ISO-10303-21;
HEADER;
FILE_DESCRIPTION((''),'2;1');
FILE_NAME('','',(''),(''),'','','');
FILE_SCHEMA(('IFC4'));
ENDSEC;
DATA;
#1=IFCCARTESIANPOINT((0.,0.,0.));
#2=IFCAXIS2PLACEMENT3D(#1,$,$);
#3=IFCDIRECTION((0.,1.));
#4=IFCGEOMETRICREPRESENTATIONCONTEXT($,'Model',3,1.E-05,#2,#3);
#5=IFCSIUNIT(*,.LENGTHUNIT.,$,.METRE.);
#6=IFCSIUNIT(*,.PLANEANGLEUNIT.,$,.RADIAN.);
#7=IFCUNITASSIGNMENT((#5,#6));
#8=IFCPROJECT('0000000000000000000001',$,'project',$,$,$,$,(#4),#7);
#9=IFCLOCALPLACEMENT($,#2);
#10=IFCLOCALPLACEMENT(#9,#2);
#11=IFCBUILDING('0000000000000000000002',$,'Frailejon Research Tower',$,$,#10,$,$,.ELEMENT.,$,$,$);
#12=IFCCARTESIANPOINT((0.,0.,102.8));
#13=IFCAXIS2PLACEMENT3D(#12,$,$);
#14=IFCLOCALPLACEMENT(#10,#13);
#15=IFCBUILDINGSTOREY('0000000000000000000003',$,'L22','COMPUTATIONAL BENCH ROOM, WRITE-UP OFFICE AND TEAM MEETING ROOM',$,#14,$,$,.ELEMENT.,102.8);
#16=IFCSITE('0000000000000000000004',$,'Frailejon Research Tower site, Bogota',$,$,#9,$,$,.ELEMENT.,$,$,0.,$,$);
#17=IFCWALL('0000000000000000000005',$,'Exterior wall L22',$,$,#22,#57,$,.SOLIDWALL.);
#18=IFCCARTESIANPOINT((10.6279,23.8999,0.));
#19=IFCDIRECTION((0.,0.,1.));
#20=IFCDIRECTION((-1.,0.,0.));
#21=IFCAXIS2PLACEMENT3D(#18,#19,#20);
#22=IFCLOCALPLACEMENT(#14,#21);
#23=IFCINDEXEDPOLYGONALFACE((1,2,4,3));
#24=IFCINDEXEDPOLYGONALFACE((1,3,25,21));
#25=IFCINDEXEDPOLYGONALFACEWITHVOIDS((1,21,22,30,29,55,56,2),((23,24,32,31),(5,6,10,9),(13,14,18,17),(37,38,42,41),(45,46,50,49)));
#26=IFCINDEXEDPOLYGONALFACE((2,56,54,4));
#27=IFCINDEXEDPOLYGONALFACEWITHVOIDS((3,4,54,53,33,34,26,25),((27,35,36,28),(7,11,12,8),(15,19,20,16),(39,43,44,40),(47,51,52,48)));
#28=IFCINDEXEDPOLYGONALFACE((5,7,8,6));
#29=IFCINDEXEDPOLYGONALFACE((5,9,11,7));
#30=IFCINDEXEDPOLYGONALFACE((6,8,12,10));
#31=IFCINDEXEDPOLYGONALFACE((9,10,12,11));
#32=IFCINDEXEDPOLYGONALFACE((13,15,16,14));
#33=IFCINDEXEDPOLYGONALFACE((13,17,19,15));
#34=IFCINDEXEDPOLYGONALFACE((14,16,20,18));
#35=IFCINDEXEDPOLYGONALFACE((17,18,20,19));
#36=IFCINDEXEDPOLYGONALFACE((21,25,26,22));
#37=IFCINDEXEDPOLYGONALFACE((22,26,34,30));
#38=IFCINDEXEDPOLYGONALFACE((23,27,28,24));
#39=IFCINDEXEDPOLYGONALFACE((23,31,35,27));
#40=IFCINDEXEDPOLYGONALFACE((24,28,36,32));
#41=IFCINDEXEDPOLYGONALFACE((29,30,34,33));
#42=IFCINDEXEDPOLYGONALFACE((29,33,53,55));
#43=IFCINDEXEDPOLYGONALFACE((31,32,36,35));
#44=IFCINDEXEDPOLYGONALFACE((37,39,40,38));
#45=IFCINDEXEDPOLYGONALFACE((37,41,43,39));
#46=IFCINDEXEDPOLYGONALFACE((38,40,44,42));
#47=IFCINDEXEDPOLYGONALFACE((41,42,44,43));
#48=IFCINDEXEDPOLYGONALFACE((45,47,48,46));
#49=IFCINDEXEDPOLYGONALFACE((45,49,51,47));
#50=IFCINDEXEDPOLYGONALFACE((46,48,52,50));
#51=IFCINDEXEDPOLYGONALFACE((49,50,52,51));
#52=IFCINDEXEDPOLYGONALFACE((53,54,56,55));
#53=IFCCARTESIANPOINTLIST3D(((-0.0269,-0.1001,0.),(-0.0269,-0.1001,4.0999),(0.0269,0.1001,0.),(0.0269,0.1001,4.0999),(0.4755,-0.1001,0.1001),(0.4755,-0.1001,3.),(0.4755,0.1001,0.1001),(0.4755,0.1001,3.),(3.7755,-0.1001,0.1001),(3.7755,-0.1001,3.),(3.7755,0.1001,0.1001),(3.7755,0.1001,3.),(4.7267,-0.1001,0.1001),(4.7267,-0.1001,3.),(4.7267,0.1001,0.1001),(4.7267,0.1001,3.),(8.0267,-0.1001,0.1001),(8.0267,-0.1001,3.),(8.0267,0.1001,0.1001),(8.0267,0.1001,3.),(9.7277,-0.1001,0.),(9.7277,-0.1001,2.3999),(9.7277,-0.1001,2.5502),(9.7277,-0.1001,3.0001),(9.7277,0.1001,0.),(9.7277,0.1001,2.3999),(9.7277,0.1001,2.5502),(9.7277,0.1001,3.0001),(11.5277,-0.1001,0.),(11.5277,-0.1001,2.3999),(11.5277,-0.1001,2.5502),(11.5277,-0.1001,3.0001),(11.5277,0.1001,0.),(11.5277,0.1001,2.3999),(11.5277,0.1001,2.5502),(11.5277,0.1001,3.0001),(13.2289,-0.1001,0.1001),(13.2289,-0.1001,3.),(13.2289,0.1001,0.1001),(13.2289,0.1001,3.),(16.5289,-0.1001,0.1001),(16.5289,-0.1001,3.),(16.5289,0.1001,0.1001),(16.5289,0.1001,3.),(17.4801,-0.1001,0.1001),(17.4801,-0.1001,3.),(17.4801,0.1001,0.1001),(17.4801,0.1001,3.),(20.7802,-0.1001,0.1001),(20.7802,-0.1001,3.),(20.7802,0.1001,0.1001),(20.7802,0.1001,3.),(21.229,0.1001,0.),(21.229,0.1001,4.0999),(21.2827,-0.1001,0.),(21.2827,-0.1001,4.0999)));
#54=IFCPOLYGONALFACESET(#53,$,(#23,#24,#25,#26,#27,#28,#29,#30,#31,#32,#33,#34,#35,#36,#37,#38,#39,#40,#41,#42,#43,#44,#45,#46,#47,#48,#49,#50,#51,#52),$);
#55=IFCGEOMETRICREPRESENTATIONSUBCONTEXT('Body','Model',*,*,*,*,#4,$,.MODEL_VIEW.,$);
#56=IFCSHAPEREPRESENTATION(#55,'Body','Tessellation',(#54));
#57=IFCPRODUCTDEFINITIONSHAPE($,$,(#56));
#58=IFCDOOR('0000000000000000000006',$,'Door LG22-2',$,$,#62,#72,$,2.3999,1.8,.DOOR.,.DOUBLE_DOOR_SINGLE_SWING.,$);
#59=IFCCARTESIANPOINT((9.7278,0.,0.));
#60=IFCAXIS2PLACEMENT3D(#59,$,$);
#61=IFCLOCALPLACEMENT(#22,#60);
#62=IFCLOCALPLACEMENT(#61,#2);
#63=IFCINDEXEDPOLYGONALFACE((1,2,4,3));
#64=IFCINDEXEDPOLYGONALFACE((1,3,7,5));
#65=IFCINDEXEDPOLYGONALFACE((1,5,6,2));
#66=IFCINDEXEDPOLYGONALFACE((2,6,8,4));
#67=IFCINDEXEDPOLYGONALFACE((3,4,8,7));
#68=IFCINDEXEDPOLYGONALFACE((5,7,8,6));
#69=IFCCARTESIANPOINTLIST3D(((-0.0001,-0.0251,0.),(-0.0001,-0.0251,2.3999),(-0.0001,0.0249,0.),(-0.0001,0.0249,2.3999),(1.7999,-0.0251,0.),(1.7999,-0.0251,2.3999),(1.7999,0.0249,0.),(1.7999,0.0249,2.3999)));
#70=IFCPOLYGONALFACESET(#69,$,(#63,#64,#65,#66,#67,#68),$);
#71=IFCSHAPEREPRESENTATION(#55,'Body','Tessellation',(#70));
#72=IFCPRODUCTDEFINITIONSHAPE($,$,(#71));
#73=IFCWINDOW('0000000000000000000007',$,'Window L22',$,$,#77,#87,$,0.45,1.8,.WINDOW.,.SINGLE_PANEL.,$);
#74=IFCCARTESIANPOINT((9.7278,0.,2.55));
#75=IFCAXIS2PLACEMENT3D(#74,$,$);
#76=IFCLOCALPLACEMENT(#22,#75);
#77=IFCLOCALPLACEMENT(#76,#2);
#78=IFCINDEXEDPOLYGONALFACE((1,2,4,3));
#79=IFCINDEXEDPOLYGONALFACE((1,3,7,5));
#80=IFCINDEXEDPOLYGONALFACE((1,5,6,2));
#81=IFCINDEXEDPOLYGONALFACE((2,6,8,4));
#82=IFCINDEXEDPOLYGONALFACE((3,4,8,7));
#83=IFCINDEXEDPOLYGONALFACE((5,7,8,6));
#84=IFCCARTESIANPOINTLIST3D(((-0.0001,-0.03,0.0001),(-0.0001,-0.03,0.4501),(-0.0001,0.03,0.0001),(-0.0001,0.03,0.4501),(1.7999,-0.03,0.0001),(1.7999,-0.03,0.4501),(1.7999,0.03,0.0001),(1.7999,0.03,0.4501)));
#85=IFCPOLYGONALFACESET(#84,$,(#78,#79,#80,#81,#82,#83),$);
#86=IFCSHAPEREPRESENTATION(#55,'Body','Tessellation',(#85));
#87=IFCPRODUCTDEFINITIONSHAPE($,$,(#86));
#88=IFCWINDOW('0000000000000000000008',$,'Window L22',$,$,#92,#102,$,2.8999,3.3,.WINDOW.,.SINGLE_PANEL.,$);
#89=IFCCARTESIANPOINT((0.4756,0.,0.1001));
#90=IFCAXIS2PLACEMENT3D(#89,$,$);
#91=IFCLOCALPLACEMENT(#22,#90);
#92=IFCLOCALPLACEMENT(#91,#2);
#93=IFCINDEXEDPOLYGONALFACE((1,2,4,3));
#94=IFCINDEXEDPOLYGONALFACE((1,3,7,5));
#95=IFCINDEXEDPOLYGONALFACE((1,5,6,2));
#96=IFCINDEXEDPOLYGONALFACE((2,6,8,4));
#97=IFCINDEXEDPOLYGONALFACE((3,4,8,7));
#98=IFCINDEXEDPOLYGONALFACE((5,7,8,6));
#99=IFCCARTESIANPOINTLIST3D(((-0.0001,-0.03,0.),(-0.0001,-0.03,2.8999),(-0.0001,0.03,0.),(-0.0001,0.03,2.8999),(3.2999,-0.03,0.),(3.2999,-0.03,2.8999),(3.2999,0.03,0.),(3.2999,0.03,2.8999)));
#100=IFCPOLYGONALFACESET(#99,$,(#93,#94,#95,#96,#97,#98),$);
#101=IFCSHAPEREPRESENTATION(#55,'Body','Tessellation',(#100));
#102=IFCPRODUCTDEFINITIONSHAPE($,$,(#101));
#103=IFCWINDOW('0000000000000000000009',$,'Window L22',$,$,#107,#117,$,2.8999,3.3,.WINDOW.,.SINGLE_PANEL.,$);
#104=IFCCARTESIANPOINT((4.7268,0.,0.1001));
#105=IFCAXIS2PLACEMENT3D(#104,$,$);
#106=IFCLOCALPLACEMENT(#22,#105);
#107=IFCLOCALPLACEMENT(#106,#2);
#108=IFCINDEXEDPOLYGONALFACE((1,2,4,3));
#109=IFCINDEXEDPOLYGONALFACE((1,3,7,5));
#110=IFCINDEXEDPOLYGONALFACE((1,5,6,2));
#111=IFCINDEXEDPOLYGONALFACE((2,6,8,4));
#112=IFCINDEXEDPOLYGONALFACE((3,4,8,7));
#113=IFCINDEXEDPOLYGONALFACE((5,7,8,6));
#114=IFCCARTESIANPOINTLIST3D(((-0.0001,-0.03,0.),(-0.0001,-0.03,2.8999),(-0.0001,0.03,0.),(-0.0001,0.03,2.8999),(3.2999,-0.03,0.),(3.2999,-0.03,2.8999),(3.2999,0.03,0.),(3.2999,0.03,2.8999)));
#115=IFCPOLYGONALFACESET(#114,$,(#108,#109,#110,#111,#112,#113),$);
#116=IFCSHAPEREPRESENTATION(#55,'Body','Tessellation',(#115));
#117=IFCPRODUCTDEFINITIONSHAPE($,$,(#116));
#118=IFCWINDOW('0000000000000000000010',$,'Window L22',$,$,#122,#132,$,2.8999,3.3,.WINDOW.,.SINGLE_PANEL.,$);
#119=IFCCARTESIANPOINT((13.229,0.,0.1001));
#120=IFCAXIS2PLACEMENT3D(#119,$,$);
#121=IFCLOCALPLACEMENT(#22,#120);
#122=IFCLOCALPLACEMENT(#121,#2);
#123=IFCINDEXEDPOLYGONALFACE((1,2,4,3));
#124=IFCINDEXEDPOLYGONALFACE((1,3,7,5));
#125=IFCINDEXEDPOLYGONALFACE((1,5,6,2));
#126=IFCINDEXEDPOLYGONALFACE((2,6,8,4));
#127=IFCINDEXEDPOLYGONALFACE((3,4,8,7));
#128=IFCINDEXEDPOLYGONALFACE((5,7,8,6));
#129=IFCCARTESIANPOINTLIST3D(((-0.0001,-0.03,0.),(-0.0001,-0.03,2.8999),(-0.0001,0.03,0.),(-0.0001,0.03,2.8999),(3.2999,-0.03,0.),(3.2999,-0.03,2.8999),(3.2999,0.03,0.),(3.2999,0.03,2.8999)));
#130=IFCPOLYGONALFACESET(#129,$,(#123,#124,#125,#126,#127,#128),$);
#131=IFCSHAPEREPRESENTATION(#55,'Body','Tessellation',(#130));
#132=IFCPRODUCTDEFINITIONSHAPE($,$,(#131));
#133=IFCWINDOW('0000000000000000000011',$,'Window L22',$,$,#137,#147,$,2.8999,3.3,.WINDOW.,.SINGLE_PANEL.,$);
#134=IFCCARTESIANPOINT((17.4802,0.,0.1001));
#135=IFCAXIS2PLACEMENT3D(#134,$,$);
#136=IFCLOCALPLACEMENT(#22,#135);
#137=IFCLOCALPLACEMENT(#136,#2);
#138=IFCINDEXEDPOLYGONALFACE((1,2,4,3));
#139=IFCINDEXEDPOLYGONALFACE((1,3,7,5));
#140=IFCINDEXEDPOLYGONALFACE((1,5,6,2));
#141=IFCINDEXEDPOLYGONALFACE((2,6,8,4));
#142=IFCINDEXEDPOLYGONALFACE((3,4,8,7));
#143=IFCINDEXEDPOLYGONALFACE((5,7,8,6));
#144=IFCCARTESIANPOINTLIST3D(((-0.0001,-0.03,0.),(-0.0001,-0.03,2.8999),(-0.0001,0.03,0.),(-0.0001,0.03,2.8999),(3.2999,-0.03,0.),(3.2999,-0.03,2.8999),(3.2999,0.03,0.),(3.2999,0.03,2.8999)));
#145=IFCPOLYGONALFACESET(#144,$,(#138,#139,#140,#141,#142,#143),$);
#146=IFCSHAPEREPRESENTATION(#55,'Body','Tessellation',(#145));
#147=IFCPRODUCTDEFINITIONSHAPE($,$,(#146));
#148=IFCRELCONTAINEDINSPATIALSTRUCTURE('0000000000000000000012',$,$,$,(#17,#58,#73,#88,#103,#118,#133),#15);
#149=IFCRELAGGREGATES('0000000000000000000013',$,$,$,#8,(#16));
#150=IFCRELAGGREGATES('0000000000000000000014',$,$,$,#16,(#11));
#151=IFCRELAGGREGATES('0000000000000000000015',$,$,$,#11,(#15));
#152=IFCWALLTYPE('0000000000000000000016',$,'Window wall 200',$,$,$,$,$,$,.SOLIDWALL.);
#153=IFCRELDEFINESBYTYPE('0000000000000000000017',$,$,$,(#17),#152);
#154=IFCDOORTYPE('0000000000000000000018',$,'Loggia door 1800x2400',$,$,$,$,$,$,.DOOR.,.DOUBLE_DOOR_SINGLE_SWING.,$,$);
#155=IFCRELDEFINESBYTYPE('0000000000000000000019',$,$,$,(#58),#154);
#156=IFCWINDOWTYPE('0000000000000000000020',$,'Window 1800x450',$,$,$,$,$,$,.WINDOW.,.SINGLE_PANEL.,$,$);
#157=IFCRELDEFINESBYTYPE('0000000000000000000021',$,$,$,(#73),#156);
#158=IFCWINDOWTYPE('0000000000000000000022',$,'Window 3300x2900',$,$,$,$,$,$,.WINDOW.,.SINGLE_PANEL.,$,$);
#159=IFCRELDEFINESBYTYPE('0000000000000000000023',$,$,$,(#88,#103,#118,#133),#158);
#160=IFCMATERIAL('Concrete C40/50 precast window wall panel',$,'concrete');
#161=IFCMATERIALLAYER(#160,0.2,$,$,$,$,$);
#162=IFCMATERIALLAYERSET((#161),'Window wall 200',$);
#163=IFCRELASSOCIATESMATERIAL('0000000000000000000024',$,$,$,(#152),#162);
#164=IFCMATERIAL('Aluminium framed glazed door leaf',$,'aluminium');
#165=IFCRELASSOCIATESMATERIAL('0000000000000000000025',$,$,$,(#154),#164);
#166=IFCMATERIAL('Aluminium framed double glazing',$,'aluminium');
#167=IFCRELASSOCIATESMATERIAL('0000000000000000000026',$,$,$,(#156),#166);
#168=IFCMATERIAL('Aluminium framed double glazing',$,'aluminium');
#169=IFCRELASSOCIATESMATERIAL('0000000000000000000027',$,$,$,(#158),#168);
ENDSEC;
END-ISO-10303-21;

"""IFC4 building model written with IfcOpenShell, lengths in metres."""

from ifc_helpers import new_model, si_unit, direction, frame, frame_2d, origin, place, context, subcontext, project, spatial, polyline, rectangle, outline, extrude, material, layer, layer_set, type_object, element, fill, save


model = new_model("IFC4")

# Units and contexts
model_context = context("Model", 3, precision=1e-05, world=origin(), true_north=direction((0.0, 1.0)))
body_context = subcontext(model_context, "Body", "Model", "MODEL_VIEW")
ifc_project = project(units=[si_unit("LENGTHUNIT", "METRE"), si_unit("PLANEANGLEUNIT", "RADIAN")], contexts=[model_context])

# Site, building, storey
site_placement = place(None, origin())
site = spatial("IfcSite", under=ifc_project, at=site_placement, Name="Frailejon Research Tower site, Bogota", CompositionType="ELEMENT", RefElevation=0.0)
building_placement = place(site_placement, origin())
building = spatial("IfcBuilding", under=site, at=building_placement, Name="Frailejon Research Tower", CompositionType="ELEMENT")
storey_placement = place(building_placement, frame((0.0, 0.0, 102.8)))
storey = spatial("IfcBuildingStorey", under=building, at=storey_placement, Name="L22", Description="COMPUTATIONAL BENCH ROOM, WRITE-UP OFFICE AND TEAM MEETING ROOM", CompositionType="ELEMENT", Elevation=102.8)

# Wall, openings, door, windows
ifc_material_1 = material(Name="Concrete C40/50 precast window wall panel", Category="concrete")
ifc_layer_1 = layer(ifc_material_1, 0.2)
ifc_layer_set_1 = layer_set([ifc_layer_1], Name="Window wall 200")
wall_type_1 = type_object("IfcWallType", Name="Window wall 200", PredefinedType="SOLIDWALL", material=ifc_layer_set_1)
wall_1_placement = place(storey_placement, frame((10.6279, 23.8999, 0.0), z_axis=(0.0, 0.0, 1.0), x_axis=(-1.0, 0.0, 0.0)))
wall_1 = element("IfcWall", 1, at=wall_1_placement, inside=storey, type_object=wall_type_1, Name="Exterior wall L22", PredefinedType="SOLIDWALL", context=body_context, shape_type="SweptSolid", body=[
    extrude(outline(polyline([(-0.0269, -0.1001), (0.9878, -0.1001), (2.0027, -0.1001), (3.0173, -0.1001), (4.0322, -0.1001), (5.0469, -0.1001), (6.0615, -0.1001), (7.0764, -0.1001), (8.0911, -0.1001), (9.1057, -0.1001), (10.1206, -0.1001), (11.1353, -0.1001), (12.1501, -0.1001), (13.1648, -0.1001), (14.1794, -0.1001), (15.1943, -0.1001), (16.209, -0.1001), (17.2236, -0.1001), (18.2385, -0.1001), (19.2532, -0.1001), (20.2681, -0.1001), (21.2827, -0.1001), (21.229, 0.1001), (20.2195, 0.1001), (19.2097, 0.1001), (18.2002, 0.1001), (17.1904, 0.1001), (16.1809, 0.1001), (15.1711, 0.1001), (14.1616, 0.1001), (13.1521, 0.1001), (12.1423, 0.1001), (11.1328, 0.1001), (10.123, 0.1001), (9.1135, 0.1001), (8.1038, 0.1001), (7.0942, 0.1001), (6.0847, 0.1001), (5.075, 0.1001), (4.0654, 0.1001), (3.0557, 0.1001), (2.0461, 0.1001), (1.0364, 0.1001), (0.0269, 0.1001), (-0.0269, -0.1001)])), origin(), (0.0, 0.0, 1.0), 4.0999),
])
opening_1_placement = place(wall_1_placement, frame((0.4756, 0.0, 0.1001)))
opening_1 = element("IfcOpeningElement", 2, at=opening_1_placement, cuts=wall_1, PredefinedType="OPENING", context=body_context, shape_type="SweptSolid", body=[
    extrude(rectangle(XDim=3.3, YDim=2.8999, at=frame_2d((1.6499, 1.45))), frame((0.0, 0.1099, 0.0), z_axis=(0.0, -1.0, 0.0), x_axis=(1.0, 0.0, 0.0)), (0.0, 0.0, 1.0), 0.22),
])
opening_2_placement = place(wall_1_placement, frame((4.7268, 0.0, 0.1001)))
opening_2 = element("IfcOpeningElement", 3, at=opening_2_placement, cuts=wall_1, PredefinedType="OPENING", context=body_context, shape_type="SweptSolid", body=[
    extrude(rectangle(XDim=3.3, YDim=2.8999, at=frame_2d((1.6499, 1.45))), frame((0.0, 0.1099, 0.0), z_axis=(0.0, -1.0, 0.0), x_axis=(1.0, 0.0, 0.0)), (0.0, 0.0, 1.0), 0.22),
])
opening_3_placement = place(wall_1_placement, frame((9.7278, 0.0, 0.0)))
opening_3 = element("IfcOpeningElement", 4, at=opening_3_placement, cuts=wall_1, PredefinedType="OPENING", context=body_context, shape_type="SweptSolid", body=[
    extrude(rectangle(XDim=1.8, YDim=2.3999, at=frame_2d((0.8999, 1.2))), frame((0.0, 0.1099, 0.0), z_axis=(0.0, -1.0, 0.0), x_axis=(1.0, 0.0, 0.0)), (0.0, 0.0, 1.0), 0.22),
])
opening_4_placement = place(wall_1_placement, frame((9.7278, 0.0, 2.55)))
opening_4 = element("IfcOpeningElement", 5, at=opening_4_placement, cuts=wall_1, PredefinedType="OPENING", context=body_context, shape_type="SweptSolid", body=[
    extrude(rectangle(XDim=1.8, YDim=0.45, at=frame_2d((0.8999, 0.2251))), frame((0.0, 0.1099, 0.0), z_axis=(0.0, -1.0, 0.0), x_axis=(1.0, 0.0, 0.0)), (0.0, 0.0, 1.0), 0.22),
])
opening_5_placement = place(wall_1_placement, frame((13.229, 0.0, 0.1001)))
opening_5 = element("IfcOpeningElement", 6, at=opening_5_placement, cuts=wall_1, PredefinedType="OPENING", context=body_context, shape_type="SweptSolid", body=[
    extrude(rectangle(XDim=3.3, YDim=2.8999, at=frame_2d((1.6499, 1.45))), frame((0.0, 0.1099, 0.0), z_axis=(0.0, -1.0, 0.0), x_axis=(1.0, 0.0, 0.0)), (0.0, 0.0, 1.0), 0.22),
])
opening_6_placement = place(wall_1_placement, frame((17.4802, 0.0, 0.1001)))
opening_6 = element("IfcOpeningElement", 7, at=opening_6_placement, cuts=wall_1, PredefinedType="OPENING", context=body_context, shape_type="SweptSolid", body=[
    extrude(rectangle(XDim=3.3, YDim=2.8999, at=frame_2d((1.6499, 1.45))), frame((0.0, 0.1099, 0.0), z_axis=(0.0, -1.0, 0.0), x_axis=(1.0, 0.0, 0.0)), (0.0, 0.0, 1.0), 0.22),
])
ifc_material_2 = material(Name="Aluminium framed glazed door leaf", Category="aluminium")
door_type = type_object("IfcDoorType", Name="Loggia door 1800x2400", OperationType="DOUBLE_DOOR_SINGLE_SWING", PredefinedType="DOOR", material=ifc_material_2)
door_placement = place(opening_3_placement, origin())
door = element("IfcDoor", 8, at=door_placement, inside=storey, type_object=door_type, Name="Door LG22-2", OperationType="DOUBLE_DOOR_SINGLE_SWING", OverallHeight=2.3999, OverallWidth=1.8, PredefinedType="DOOR", context=body_context, shape_type="SweptSolid", body=[
    extrude(rectangle(XDim=1.8, YDim=2.3999, at=frame_2d((0.8999, 1.2))), frame((0.0, 0.0249, 0.0), z_axis=(0.0, -1.0, 0.0), x_axis=(1.0, 0.0, 0.0)), (0.0, 0.0, 1.0), 0.05),
])
fill(opening_3, door)
ifc_material_3 = material(Name="Aluminium framed double glazing", Category="aluminium")
window_type_1 = type_object("IfcWindowType", Name="Window 1800x450", PartitioningType="SINGLE_PANEL", PredefinedType="WINDOW", material=ifc_material_3)
window_1_placement = place(opening_4_placement, origin())
window_1 = element("IfcWindow", 9, at=window_1_placement, inside=storey, type_object=window_type_1, Name="Window L22", OverallHeight=0.45, OverallWidth=1.8, PartitioningType="SINGLE_PANEL", PredefinedType="WINDOW", context=body_context, shape_type="SweptSolid", body=[
    extrude(rectangle(XDim=1.8, YDim=0.45, at=frame_2d((0.8999, 0.2251))), frame((0.0, 0.03, 0.0), z_axis=(0.0, -1.0, 0.0), x_axis=(1.0, 0.0, 0.0)), (0.0, 0.0, 1.0), 0.0601),
])
fill(opening_4, window_1)
ifc_material_4 = material(Name="Aluminium framed double glazing", Category="aluminium")
window_type_2 = type_object("IfcWindowType", Name="Window 3300x2900", PartitioningType="SINGLE_PANEL", PredefinedType="WINDOW", material=ifc_material_4)
window_2_placement = place(opening_1_placement, origin())
window_2 = element("IfcWindow", 10, at=window_2_placement, inside=storey, type_object=window_type_2, Name="Window L22", OverallHeight=2.8999, OverallWidth=3.3, PartitioningType="SINGLE_PANEL", PredefinedType="WINDOW", context=body_context, shape_type="SweptSolid", body=[
    extrude(rectangle(XDim=3.3, YDim=2.8999, at=frame_2d((1.6499, 1.45))), frame((0.0, 0.03, 0.0), z_axis=(0.0, -1.0, 0.0), x_axis=(1.0, 0.0, 0.0)), (0.0, 0.0, 1.0), 0.0601),
])
fill(opening_1, window_2)
window_3_placement = place(opening_2_placement, origin())
window_3 = element("IfcWindow", 11, at=window_3_placement, inside=storey, type_object=window_type_2, Name="Window L22", OverallHeight=2.8999, OverallWidth=3.3, PartitioningType="SINGLE_PANEL", PredefinedType="WINDOW", context=body_context, shape_type="SweptSolid", body=[
    extrude(rectangle(XDim=3.3, YDim=2.8999, at=frame_2d((1.6499, 1.45))), frame((0.0, 0.03, 0.0), z_axis=(0.0, -1.0, 0.0), x_axis=(1.0, 0.0, 0.0)), (0.0, 0.0, 1.0), 0.0601),
])
fill(opening_2, window_3)
window_4_placement = place(opening_5_placement, origin())
window_4 = element("IfcWindow", 12, at=window_4_placement, inside=storey, type_object=window_type_2, Name="Window L22", OverallHeight=2.8999, OverallWidth=3.3, PartitioningType="SINGLE_PANEL", PredefinedType="WINDOW", context=body_context, shape_type="SweptSolid", body=[
    extrude(rectangle(XDim=3.3, YDim=2.8999, at=frame_2d((1.6499, 1.45))), frame((0.0, 0.03, 0.0), z_axis=(0.0, -1.0, 0.0), x_axis=(1.0, 0.0, 0.0)), (0.0, 0.0, 1.0), 0.0601),
])
fill(opening_5, window_4)
window_5_placement = place(opening_6_placement, origin())
window_5 = element("IfcWindow", 13, at=window_5_placement, inside=storey, type_object=window_type_2, Name="Window L22", OverallHeight=2.8999, OverallWidth=3.3, PartitioningType="SINGLE_PANEL", PredefinedType="WINDOW", context=body_context, shape_type="SweptSolid", body=[
    extrude(rectangle(XDim=3.3, YDim=2.8999, at=frame_2d((1.6499, 1.45))), frame((0.0, 0.03, 0.0), z_axis=(0.0, -1.0, 0.0), x_axis=(1.0, 0.0, 0.0)), (0.0, 0.0, 1.0), 0.0601),
])
fill(opening_6, window_5)

save(model, "model.ifc")
